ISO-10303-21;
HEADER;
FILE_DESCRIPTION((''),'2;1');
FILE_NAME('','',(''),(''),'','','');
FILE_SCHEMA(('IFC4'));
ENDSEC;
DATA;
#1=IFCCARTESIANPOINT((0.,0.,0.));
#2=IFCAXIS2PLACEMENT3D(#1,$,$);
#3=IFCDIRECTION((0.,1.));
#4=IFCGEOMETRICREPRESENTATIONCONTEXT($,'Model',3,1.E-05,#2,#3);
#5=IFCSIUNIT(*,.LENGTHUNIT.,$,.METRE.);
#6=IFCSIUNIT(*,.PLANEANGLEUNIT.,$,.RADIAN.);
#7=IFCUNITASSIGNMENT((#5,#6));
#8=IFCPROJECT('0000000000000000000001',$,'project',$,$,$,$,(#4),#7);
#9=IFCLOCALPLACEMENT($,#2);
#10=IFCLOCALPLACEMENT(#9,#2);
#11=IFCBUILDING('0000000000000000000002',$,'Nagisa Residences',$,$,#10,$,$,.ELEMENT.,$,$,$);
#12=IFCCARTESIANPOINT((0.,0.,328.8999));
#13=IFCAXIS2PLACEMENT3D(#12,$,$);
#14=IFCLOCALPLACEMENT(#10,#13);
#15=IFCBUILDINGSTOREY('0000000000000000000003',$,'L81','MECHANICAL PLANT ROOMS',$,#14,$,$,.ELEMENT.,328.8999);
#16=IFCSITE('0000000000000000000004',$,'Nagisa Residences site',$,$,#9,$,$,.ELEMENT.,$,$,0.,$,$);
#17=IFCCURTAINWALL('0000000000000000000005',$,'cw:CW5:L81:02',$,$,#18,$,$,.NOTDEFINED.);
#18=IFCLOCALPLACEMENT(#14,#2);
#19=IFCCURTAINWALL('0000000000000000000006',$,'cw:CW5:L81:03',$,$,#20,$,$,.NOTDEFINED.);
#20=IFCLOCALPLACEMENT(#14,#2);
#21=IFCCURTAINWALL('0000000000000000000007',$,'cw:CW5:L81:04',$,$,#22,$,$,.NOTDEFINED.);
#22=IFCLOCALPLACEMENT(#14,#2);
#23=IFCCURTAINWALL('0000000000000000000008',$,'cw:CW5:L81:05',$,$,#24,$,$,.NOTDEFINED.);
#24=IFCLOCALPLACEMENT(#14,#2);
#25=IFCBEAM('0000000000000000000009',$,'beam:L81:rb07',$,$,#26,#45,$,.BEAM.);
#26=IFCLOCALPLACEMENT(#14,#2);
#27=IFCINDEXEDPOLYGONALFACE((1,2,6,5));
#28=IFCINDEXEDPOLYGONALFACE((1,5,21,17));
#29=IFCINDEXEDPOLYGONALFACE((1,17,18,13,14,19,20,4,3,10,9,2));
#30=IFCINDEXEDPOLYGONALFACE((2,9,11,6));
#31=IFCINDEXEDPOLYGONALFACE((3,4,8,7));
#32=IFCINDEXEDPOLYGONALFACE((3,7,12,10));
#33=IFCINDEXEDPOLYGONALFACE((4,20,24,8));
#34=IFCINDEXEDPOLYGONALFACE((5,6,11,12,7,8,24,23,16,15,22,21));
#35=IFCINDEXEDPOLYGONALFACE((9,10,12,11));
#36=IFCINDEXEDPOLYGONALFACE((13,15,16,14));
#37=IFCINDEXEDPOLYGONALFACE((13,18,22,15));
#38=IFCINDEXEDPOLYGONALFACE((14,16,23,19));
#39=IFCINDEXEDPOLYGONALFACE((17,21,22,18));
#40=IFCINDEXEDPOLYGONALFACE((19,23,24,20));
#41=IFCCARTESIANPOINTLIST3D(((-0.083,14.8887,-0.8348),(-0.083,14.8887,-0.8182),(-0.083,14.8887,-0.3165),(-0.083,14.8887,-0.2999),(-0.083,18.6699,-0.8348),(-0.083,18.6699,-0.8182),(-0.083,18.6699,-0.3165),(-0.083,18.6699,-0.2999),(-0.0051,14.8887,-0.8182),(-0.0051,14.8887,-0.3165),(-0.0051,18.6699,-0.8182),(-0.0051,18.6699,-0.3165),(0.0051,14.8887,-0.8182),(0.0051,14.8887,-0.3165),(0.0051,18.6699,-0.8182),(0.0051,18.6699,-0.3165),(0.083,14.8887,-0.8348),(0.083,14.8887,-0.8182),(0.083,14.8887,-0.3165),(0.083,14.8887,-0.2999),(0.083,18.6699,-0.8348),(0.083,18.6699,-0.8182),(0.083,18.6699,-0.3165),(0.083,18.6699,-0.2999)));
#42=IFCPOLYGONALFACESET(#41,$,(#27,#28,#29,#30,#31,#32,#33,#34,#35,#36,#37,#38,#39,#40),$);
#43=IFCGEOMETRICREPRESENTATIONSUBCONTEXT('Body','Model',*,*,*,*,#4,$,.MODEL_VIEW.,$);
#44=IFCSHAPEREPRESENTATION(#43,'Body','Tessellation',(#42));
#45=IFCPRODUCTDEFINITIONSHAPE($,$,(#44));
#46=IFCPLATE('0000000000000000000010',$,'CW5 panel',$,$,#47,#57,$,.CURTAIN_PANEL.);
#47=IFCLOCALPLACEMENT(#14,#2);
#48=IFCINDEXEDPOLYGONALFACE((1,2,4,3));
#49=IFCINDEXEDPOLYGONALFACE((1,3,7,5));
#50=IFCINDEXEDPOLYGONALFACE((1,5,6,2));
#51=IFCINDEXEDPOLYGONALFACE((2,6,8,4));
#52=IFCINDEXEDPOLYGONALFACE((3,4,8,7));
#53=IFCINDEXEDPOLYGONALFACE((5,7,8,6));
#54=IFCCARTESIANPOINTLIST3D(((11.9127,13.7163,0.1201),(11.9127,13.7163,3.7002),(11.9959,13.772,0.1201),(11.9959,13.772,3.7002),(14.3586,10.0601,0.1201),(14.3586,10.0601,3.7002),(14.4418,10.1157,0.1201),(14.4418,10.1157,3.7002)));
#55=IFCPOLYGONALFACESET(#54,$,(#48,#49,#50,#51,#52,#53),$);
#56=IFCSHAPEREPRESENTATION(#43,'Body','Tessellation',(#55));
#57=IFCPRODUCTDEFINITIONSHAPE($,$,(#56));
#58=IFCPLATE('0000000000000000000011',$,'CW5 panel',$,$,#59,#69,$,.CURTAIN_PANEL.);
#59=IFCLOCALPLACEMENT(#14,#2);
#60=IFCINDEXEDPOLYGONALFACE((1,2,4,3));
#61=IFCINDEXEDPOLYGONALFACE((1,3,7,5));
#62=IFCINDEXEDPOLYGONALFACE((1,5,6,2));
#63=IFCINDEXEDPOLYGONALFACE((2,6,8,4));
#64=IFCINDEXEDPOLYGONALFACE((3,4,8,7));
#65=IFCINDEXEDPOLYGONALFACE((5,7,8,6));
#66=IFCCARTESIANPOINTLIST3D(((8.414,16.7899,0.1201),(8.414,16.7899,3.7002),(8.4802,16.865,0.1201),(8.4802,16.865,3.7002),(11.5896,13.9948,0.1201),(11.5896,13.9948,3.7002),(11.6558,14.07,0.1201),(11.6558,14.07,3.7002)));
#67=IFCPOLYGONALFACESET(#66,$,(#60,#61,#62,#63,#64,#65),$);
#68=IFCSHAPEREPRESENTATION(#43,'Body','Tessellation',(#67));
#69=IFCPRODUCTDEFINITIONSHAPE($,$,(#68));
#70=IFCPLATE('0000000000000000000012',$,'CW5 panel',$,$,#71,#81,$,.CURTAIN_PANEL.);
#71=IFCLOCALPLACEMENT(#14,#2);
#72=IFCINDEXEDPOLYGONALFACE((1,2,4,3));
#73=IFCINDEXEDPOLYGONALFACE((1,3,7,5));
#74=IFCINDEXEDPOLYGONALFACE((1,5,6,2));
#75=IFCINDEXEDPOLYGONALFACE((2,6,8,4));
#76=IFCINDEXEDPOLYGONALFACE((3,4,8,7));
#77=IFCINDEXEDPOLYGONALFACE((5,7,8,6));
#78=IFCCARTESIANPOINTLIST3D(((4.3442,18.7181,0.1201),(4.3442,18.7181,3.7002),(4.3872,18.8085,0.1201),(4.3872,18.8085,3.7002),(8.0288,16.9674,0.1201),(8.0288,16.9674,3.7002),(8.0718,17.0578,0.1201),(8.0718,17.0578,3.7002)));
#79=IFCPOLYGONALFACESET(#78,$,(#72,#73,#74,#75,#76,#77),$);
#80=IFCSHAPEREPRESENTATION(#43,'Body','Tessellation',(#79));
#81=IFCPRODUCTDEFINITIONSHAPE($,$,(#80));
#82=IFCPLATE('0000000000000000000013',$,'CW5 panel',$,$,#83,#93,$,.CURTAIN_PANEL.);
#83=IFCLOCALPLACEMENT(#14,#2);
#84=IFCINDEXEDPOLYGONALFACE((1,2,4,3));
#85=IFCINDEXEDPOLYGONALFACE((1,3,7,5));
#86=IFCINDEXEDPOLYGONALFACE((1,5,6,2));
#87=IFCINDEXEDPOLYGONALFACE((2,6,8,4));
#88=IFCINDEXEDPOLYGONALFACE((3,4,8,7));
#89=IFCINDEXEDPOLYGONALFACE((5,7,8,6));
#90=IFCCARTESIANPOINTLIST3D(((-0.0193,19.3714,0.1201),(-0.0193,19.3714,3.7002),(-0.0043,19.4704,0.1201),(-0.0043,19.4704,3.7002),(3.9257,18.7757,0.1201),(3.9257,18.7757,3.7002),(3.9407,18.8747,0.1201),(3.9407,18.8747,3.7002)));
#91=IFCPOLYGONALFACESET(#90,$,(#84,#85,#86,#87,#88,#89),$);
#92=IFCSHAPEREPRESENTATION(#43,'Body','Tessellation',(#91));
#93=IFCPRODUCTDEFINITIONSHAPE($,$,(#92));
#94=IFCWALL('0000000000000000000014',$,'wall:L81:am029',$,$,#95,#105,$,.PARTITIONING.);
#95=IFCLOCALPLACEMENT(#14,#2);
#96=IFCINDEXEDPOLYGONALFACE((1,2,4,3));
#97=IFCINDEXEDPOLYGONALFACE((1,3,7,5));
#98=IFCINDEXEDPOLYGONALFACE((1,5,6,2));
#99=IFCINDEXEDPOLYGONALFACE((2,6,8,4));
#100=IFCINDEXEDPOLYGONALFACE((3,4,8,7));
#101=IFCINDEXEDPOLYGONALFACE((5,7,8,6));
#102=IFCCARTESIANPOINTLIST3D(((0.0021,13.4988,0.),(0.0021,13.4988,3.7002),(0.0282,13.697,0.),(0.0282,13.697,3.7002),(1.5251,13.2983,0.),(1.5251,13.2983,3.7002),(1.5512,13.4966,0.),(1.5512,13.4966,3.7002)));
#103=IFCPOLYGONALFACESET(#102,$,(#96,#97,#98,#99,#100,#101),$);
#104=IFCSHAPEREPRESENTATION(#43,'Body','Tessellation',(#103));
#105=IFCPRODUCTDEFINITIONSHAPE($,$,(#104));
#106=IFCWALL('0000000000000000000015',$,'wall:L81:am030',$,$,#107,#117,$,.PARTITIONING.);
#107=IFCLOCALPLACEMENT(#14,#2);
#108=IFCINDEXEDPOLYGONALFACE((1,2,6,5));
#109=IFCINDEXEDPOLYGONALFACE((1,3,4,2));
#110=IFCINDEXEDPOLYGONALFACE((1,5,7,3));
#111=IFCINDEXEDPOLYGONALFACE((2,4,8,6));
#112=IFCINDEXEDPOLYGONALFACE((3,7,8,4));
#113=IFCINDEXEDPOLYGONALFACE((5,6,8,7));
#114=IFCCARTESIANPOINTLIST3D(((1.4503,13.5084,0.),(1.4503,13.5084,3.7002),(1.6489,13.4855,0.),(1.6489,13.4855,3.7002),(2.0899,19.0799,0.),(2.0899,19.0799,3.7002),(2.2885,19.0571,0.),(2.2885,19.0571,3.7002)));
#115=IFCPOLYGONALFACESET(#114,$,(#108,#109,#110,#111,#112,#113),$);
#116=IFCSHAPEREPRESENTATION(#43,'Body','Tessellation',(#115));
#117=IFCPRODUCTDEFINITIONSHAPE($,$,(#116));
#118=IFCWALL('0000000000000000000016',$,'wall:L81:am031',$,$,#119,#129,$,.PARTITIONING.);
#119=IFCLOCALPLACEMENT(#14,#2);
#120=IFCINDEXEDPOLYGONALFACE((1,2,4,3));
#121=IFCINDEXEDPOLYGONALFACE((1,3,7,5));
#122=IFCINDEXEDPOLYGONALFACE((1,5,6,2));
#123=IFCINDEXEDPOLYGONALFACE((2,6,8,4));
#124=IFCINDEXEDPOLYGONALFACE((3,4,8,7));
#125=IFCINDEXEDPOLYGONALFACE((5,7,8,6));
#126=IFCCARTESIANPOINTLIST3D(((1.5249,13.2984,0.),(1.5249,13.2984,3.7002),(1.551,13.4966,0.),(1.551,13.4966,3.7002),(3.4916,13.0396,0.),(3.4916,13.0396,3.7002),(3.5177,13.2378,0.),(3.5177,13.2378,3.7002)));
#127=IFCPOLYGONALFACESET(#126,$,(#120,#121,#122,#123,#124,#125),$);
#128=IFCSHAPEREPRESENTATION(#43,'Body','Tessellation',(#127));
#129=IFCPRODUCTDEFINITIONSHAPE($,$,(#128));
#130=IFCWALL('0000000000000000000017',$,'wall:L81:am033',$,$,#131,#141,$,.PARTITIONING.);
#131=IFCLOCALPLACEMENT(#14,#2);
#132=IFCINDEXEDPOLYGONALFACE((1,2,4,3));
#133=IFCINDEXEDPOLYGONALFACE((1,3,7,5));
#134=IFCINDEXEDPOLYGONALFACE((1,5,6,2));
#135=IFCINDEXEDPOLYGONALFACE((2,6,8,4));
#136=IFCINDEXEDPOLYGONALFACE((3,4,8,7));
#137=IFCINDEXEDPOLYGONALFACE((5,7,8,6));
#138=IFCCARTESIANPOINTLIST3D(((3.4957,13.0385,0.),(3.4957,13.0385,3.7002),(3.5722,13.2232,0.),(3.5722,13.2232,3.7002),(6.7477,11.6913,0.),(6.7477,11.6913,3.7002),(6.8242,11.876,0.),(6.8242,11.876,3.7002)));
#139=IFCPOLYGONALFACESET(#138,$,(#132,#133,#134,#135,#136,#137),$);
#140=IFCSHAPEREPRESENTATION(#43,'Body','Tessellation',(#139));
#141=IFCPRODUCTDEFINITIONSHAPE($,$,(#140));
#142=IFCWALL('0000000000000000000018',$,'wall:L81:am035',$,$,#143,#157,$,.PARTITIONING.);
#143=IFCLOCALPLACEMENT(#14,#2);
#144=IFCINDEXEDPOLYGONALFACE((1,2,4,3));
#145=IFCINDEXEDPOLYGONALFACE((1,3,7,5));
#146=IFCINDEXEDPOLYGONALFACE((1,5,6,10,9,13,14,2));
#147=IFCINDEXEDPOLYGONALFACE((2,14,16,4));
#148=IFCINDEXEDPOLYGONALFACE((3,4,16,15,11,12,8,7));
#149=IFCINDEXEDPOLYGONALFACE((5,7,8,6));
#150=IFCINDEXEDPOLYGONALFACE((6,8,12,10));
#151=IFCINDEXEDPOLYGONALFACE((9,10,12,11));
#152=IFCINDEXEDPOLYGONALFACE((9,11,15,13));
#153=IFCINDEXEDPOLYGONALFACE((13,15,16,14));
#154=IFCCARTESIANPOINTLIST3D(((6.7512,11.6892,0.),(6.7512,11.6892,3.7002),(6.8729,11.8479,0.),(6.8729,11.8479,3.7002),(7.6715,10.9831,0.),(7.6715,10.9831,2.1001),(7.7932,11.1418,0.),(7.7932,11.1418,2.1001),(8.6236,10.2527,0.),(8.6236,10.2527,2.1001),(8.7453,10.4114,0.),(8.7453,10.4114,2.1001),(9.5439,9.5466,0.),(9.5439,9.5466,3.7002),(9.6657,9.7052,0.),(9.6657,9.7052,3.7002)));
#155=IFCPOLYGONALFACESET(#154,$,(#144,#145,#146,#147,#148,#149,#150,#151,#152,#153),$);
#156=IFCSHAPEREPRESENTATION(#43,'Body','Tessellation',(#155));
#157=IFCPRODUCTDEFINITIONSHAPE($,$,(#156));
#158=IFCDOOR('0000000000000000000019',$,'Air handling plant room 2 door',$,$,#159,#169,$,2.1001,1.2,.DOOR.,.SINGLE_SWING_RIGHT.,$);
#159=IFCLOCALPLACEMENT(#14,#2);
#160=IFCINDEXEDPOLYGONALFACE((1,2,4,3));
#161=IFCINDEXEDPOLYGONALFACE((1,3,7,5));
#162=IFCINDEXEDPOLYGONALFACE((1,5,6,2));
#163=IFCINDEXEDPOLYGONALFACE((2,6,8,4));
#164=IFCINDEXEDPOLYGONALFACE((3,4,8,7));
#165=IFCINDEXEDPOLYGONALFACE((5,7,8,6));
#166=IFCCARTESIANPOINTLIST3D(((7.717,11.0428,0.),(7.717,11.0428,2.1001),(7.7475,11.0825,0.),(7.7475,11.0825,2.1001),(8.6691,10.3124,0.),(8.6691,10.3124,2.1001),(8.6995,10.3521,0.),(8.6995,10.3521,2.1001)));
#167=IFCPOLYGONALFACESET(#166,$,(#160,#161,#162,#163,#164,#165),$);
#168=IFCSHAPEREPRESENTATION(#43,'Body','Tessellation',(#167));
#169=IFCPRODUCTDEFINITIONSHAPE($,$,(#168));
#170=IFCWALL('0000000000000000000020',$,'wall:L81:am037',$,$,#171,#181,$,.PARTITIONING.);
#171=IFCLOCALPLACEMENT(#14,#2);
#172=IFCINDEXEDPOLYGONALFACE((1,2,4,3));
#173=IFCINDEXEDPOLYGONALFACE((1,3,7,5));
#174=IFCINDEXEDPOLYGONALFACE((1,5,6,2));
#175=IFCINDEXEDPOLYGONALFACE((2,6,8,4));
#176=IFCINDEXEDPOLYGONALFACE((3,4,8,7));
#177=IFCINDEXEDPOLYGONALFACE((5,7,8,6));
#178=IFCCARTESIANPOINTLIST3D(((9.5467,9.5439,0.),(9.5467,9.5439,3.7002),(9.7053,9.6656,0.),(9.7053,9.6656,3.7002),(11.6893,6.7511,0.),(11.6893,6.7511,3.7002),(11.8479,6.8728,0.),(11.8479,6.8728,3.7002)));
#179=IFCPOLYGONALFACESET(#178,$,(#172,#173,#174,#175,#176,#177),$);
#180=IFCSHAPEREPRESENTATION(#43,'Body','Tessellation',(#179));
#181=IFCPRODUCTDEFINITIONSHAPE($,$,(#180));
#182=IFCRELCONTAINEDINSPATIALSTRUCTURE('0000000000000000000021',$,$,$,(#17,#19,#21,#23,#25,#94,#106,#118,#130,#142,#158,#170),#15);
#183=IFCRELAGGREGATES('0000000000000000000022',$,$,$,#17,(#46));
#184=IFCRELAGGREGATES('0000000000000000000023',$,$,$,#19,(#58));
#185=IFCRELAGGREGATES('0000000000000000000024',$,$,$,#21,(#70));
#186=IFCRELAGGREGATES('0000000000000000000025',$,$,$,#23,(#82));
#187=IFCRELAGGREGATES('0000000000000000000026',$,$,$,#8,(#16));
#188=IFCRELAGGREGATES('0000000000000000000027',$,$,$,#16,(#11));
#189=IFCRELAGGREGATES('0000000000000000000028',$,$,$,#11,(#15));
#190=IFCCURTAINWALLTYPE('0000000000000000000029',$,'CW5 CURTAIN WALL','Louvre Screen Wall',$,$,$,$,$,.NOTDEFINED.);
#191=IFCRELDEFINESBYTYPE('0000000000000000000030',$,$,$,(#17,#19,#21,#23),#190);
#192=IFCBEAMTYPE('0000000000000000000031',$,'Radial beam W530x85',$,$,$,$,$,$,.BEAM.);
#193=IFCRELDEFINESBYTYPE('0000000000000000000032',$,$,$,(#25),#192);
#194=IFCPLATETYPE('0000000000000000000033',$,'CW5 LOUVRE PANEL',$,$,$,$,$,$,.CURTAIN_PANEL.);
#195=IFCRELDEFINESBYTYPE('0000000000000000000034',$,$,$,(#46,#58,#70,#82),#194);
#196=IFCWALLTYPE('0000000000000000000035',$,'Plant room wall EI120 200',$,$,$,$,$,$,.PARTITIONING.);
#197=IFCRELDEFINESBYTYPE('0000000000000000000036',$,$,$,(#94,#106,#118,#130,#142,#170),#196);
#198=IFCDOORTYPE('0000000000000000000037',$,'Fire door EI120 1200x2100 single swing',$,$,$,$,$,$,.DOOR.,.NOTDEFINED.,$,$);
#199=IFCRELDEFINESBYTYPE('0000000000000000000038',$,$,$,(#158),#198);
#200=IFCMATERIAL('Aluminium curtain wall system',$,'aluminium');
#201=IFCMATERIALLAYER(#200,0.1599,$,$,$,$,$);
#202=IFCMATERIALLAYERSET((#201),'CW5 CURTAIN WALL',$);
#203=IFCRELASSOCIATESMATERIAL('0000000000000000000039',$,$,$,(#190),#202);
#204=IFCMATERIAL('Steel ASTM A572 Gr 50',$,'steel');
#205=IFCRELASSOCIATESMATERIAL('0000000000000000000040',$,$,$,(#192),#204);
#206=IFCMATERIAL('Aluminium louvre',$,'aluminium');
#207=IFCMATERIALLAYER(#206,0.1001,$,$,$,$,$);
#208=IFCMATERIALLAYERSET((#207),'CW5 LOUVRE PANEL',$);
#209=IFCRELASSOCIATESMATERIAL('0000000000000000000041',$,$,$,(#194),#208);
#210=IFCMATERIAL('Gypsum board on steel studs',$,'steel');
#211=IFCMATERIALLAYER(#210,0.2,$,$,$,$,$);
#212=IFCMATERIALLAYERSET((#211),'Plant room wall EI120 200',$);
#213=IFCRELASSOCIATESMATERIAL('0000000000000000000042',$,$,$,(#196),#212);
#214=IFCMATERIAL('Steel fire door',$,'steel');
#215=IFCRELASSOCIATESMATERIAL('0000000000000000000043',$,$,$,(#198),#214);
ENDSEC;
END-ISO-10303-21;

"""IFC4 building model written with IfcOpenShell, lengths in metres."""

from ifc_helpers import new_model, si_unit, direction, frame, frame_2d, origin, origin_2d, place, context, subcontext, project, spatial, rectangle, i_section, extrude, material, layer, layer_set, material_profile, profile_set, type_object, element, fill, aggregate, save


model = new_model("IFC4")

# Units and contexts
model_context = context("Model", 3, precision=1e-05, world=origin(), true_north=direction((0.0, 1.0)))
body_context = subcontext(model_context, "Body", "Model", "MODEL_VIEW")
ifc_project = project(units=[si_unit("LENGTHUNIT", "METRE"), si_unit("PLANEANGLEUNIT", "RADIAN")], contexts=[model_context])

# Site, building, storey
site_placement = place(None, origin())
site = spatial("IfcSite", under=ifc_project, at=site_placement, Name="Nagisa Residences site", CompositionType="ELEMENT", RefElevation=0.0)
building_placement = place(site_placement, origin())
building = spatial("IfcBuilding", under=site, at=building_placement, Name="Nagisa Residences", CompositionType="ELEMENT")
storey_placement = place(building_placement, frame((0.0, 0.0, 328.8999)))
storey = spatial("IfcBuildingStorey", under=building, at=storey_placement, Name="L81", Description="MECHANICAL PLANT ROOMS", CompositionType="ELEMENT", Elevation=328.8999)

# Curtain walls
ifc_material_1 = material(Name="Aluminium curtain wall system", Category="aluminium")
ifc_layer_1 = layer(ifc_material_1, 0.1599)
ifc_layer_set_1 = layer_set([ifc_layer_1], Name="CW5 CURTAIN WALL")
curtain_wall_type = type_object("IfcCurtainWallType", Name="CW5 CURTAIN WALL", Description="Louvre Screen Wall", PredefinedType="NOTDEFINED", material=ifc_layer_set_1)
curtain_wall_1_placement = place(storey_placement, origin())
curtain_wall_1 = element("IfcCurtainWall", 1, at=curtain_wall_1_placement, inside=storey, type_object=curtain_wall_type, Name="cw:CW5:L81:02", PredefinedType="NOTDEFINED")
curtain_wall_2_placement = place(storey_placement, origin())
curtain_wall_2 = element("IfcCurtainWall", 2, at=curtain_wall_2_placement, inside=storey, type_object=curtain_wall_type, Name="cw:CW5:L81:03", PredefinedType="NOTDEFINED")
curtain_wall_3_placement = place(storey_placement, origin())
curtain_wall_3 = element("IfcCurtainWall", 3, at=curtain_wall_3_placement, inside=storey, type_object=curtain_wall_type, Name="cw:CW5:L81:04", PredefinedType="NOTDEFINED")
curtain_wall_4_placement = place(storey_placement, origin())
curtain_wall_4 = element("IfcCurtainWall", 4, at=curtain_wall_4_placement, inside=storey, type_object=curtain_wall_type, Name="cw:CW5:L81:05", PredefinedType="NOTDEFINED")

# Beam
ifc_material_2 = material(Name="Steel ASTM A572 Gr 50", Category="steel")
ifc_material_profile_1 = material_profile(ifc_material_2, i_section(OverallWidth=0.166, OverallDepth=0.5349, WebThickness=0.0103, FlangeThickness=0.0166, at=origin_2d()), Name="W530x85")
ifc_profile_set_1 = profile_set([ifc_material_profile_1], Name="Steel ASTM A572 Gr 50")
beam_type_1 = type_object("IfcBeamType", Name="Radial beam W530x85", PredefinedType="BEAM", material=ifc_profile_set_1)
beam_1_placement = place(storey_placement, frame((0.0, 18.6699, -0.5674), z_axis=(0.0, -1.0, 0.0), x_axis=(1.0, 0.0, 0.0)))
element("IfcBeam", 5, at=beam_1_placement, inside=storey, type_object=beam_type_1, Name="beam:L81:rb07", PredefinedType="BEAM", context=body_context, shape_type="SweptSolid", body=[
    extrude(i_section(OverallWidth=0.166, OverallDepth=0.5349, WebThickness=0.0103, FlangeThickness=0.0166, at=origin_2d()), origin(), (0.0, 0.0, 1.0), 3.7812),
])

# Plates
ifc_material_3 = material(Name="Aluminium louvre", Category="aluminium")
ifc_layer_2 = layer(ifc_material_3, 0.1001)
ifc_layer_set_2 = layer_set([ifc_layer_2], Name="CW5 LOUVRE PANEL")
plate_type = type_object("IfcPlateType", Name="CW5 LOUVRE PANEL", PredefinedType="CURTAIN_PANEL", material=ifc_layer_set_2)
plate_1_placement = place(storey_placement, frame((13.1772, 11.916, 0.1201), z_axis=(0.0, 0.0, 1.0), x_axis=(-0.556014, 0.831173, 0.0)))
plate_1 = element("IfcPlate", 6, at=plate_1_placement, type_object=plate_type, Name="CW5 panel", PredefinedType="CURTAIN_PANEL", context=body_context, shape_type="SweptSolid", body=[
    extrude(rectangle(XDim=4.3989, YDim=0.1001, at=origin_2d()), origin(), (0.0, 0.0, 1.0), 3.5801),
])
aggregate(curtain_wall_1, [plate_1])
plate_2_placement = place(storey_placement, frame((10.0349, 15.4299, 0.1201), z_axis=(0.0, 0.0, 1.0), x_axis=(-0.750651, 0.660699, 0.0)))
plate_2 = element("IfcPlate", 7, at=plate_2_placement, type_object=plate_type, Name="CW5 panel", PredefinedType="CURTAIN_PANEL", context=body_context, shape_type="SweptSolid", body=[
    extrude(rectangle(XDim=4.2305, YDim=0.1001, at=origin_2d()), origin(), (0.0, 0.0, 1.0), 3.5801),
])
aggregate(curtain_wall_2, [plate_2])
plate_3_placement = place(storey_placement, frame((6.208, 17.8879, 0.1201), z_axis=(0.0, 0.0, 1.0), x_axis=(-0.903233, 0.429151, 0.0)))
plate_3 = element("IfcPlate", 8, at=plate_3_placement, type_object=plate_type, Name="CW5 panel", PredefinedType="CURTAIN_PANEL", context=body_context, shape_type="SweptSolid", body=[
    extrude(rectangle(XDim=4.0793, YDim=0.1001, at=origin_2d()), origin(), (0.0, 0.0, 1.0), 3.5801),
])
aggregate(curtain_wall_3, [plate_3])
plate_4_placement = place(storey_placement, frame((1.9607, 19.123, 0.1201), z_axis=(0.0, 0.0, 1.0), x_axis=(-0.988789, 0.14932, 0.0)))
plate_4 = element("IfcPlate", 9, at=plate_4_placement, type_object=plate_type, Name="CW5 panel", PredefinedType="CURTAIN_PANEL", context=body_context, shape_type="SweptSolid", body=[
    extrude(rectangle(XDim=3.9897, YDim=0.1001, at=origin_2d()), origin(), (0.0, 0.0, 1.0), 3.5801),
])
aggregate(curtain_wall_4, [plate_4])

# Walls
ifc_material_4 = material(Name="Gypsum board on steel studs", Category="steel")
ifc_layer_3 = layer(ifc_material_4, 0.2)
ifc_layer_set_3 = layer_set([ifc_layer_3], Name="Plant room wall EI120 200")
wall_type = type_object("IfcWallType", Name="Plant room wall EI120 200", PredefinedType="PARTITIONING", material=ifc_layer_set_3)
wall_1_placement = place(storey_placement, frame((0.0151, 13.5979, 0.0), z_axis=(0.0, 0.0, 1.0), x_axis=(0.99145, -0.130487, 0.0)))
element("IfcWall", 10, at=wall_1_placement, inside=storey, type_object=wall_type, Name="wall:L81:am029", PredefinedType="PARTITIONING", context=body_context, shape_type="SweptSolid", body=[
    extrude(rectangle(XDim=1.5361, YDim=0.2, at=frame_2d((0.7681, 0.0))), origin(), (0.0, 0.0, 1.0), 3.7002),
])
wall_2_placement = place(storey_placement, frame((1.5496, 13.4968, 0.0), z_axis=(0.0, 0.0, 1.0), x_axis=(0.114057, 0.993474, 0.0)))
element("IfcWall", 11, at=wall_2_placement, inside=storey, type_object=wall_type, Name="wall:L81:am030", PredefinedType="PARTITIONING", context=body_context, shape_type="SweptSolid", body=[
    extrude(rectangle(XDim=5.6082, YDim=0.2, at=frame_2d((2.8042, 0.0))), origin(), (0.0, 0.0, 1.0), 3.7002),
])
wall_3_placement = place(storey_placement, frame((1.5381, 13.3975, 0.0), z_axis=(0.0, 0.0, 1.0), x_axis=(0.991454, -0.130455, 0.0)))
element("IfcWall", 12, at=wall_3_placement, inside=storey, type_object=wall_type, Name="wall:L81:am031", PredefinedType="PARTITIONING", context=body_context, shape_type="SweptSolid", body=[
    extrude(rectangle(XDim=1.9836, YDim=0.2, at=frame_2d((0.9917, 0.0))), origin(), (0.0, 0.0, 1.0), 3.7002),
])
wall_4_placement = place(storey_placement, frame((3.5339, 13.1309, 0.0), z_axis=(0.0, 0.0, 1.0), x_axis=(0.923863, -0.382723, 0.0)))
element("IfcWall", 13, at=wall_4_placement, inside=storey, type_object=wall_type, Name="wall:L81:am033", PredefinedType="PARTITIONING", context=body_context, shape_type="SweptSolid", body=[
    extrude(rectangle(XDim=3.52, YDim=0.2, at=frame_2d((1.76, 0.0))), origin(), (0.0, 0.0, 1.0), 3.7002),
])

# Wall, opening, door
wall_5_placement = place(storey_placement, frame((6.812, 11.7686, 0.0), z_axis=(0.0, 0.0, 1.0), x_axis=(0.793402, -0.608698, 0.0)))
wall_5 = element("IfcWall", 14, at=wall_5_placement, inside=storey, type_object=wall_type, Name="wall:L81:am035", PredefinedType="PARTITIONING", context=body_context, shape_type="SweptSolid", body=[
    extrude(rectangle(XDim=3.52, YDim=0.2, at=frame_2d((1.76, 0.0))), origin(), (0.0, 0.0, 1.0), 3.7002),
])
opening_placement = place(wall_5_placement, frame((1.1599, 0.0, 0.0)))
opening = element("IfcOpeningElement", 15, at=opening_placement, cuts=wall_5, PredefinedType="OPENING", context=body_context, shape_type="SweptSolid", body=[
    extrude(rectangle(XDim=1.2, YDim=2.1001, at=frame_2d((0.6001, 1.05))), frame((0.0, 0.1099, 0.0), z_axis=(0.0, -1.0, 0.0), x_axis=(1.0, 0.0, 0.0)), (0.0, 0.0, 1.0), 0.22),
])
ifc_material_5 = material(Name="Steel fire door", Category="steel")
door_type = type_object("IfcDoorType", Name="Fire door EI120 1200x2100 single swing", OperationType="NOTDEFINED", PredefinedType="DOOR", material=ifc_material_5)
door_placement = place(opening_placement, frame((1.2, 0.0, 0.0), x_axis=(-1.0, 0.0, 0.0)))
door = element("IfcDoor", 16, at=door_placement, inside=storey, type_object=door_type, Name="Air handling plant room 2 door", OperationType="SINGLE_SWING_RIGHT", OverallHeight=2.1001, OverallWidth=1.2, PredefinedType="DOOR", context=body_context, shape_type="SweptSolid", body=[
    extrude(rectangle(XDim=1.2, YDim=2.1001, at=frame_2d((0.6001, 1.05))), frame((0.0, 0.0249, 0.0), z_axis=(0.0, -1.0, 0.0), x_axis=(1.0, 0.0, 0.0)), (0.0, 0.0, 1.0), 0.05),
])
fill(opening, door)

# Wall
wall_6_placement = place(storey_placement, frame((9.626, 9.6047, 0.0), z_axis=(0.0, 0.0, 1.0), x_axis=(0.608698, -0.793402, 0.0)))
element("IfcWall", 17, at=wall_6_placement, inside=storey, type_object=wall_type, Name="wall:L81:am037", PredefinedType="PARTITIONING", context=body_context, shape_type="SweptSolid", body=[
    extrude(rectangle(XDim=3.52, YDim=0.2, at=frame_2d((1.76, 0.0))), origin(), (0.0, 0.0, 1.0), 3.7002),
])

save(model, "model.ifc")
